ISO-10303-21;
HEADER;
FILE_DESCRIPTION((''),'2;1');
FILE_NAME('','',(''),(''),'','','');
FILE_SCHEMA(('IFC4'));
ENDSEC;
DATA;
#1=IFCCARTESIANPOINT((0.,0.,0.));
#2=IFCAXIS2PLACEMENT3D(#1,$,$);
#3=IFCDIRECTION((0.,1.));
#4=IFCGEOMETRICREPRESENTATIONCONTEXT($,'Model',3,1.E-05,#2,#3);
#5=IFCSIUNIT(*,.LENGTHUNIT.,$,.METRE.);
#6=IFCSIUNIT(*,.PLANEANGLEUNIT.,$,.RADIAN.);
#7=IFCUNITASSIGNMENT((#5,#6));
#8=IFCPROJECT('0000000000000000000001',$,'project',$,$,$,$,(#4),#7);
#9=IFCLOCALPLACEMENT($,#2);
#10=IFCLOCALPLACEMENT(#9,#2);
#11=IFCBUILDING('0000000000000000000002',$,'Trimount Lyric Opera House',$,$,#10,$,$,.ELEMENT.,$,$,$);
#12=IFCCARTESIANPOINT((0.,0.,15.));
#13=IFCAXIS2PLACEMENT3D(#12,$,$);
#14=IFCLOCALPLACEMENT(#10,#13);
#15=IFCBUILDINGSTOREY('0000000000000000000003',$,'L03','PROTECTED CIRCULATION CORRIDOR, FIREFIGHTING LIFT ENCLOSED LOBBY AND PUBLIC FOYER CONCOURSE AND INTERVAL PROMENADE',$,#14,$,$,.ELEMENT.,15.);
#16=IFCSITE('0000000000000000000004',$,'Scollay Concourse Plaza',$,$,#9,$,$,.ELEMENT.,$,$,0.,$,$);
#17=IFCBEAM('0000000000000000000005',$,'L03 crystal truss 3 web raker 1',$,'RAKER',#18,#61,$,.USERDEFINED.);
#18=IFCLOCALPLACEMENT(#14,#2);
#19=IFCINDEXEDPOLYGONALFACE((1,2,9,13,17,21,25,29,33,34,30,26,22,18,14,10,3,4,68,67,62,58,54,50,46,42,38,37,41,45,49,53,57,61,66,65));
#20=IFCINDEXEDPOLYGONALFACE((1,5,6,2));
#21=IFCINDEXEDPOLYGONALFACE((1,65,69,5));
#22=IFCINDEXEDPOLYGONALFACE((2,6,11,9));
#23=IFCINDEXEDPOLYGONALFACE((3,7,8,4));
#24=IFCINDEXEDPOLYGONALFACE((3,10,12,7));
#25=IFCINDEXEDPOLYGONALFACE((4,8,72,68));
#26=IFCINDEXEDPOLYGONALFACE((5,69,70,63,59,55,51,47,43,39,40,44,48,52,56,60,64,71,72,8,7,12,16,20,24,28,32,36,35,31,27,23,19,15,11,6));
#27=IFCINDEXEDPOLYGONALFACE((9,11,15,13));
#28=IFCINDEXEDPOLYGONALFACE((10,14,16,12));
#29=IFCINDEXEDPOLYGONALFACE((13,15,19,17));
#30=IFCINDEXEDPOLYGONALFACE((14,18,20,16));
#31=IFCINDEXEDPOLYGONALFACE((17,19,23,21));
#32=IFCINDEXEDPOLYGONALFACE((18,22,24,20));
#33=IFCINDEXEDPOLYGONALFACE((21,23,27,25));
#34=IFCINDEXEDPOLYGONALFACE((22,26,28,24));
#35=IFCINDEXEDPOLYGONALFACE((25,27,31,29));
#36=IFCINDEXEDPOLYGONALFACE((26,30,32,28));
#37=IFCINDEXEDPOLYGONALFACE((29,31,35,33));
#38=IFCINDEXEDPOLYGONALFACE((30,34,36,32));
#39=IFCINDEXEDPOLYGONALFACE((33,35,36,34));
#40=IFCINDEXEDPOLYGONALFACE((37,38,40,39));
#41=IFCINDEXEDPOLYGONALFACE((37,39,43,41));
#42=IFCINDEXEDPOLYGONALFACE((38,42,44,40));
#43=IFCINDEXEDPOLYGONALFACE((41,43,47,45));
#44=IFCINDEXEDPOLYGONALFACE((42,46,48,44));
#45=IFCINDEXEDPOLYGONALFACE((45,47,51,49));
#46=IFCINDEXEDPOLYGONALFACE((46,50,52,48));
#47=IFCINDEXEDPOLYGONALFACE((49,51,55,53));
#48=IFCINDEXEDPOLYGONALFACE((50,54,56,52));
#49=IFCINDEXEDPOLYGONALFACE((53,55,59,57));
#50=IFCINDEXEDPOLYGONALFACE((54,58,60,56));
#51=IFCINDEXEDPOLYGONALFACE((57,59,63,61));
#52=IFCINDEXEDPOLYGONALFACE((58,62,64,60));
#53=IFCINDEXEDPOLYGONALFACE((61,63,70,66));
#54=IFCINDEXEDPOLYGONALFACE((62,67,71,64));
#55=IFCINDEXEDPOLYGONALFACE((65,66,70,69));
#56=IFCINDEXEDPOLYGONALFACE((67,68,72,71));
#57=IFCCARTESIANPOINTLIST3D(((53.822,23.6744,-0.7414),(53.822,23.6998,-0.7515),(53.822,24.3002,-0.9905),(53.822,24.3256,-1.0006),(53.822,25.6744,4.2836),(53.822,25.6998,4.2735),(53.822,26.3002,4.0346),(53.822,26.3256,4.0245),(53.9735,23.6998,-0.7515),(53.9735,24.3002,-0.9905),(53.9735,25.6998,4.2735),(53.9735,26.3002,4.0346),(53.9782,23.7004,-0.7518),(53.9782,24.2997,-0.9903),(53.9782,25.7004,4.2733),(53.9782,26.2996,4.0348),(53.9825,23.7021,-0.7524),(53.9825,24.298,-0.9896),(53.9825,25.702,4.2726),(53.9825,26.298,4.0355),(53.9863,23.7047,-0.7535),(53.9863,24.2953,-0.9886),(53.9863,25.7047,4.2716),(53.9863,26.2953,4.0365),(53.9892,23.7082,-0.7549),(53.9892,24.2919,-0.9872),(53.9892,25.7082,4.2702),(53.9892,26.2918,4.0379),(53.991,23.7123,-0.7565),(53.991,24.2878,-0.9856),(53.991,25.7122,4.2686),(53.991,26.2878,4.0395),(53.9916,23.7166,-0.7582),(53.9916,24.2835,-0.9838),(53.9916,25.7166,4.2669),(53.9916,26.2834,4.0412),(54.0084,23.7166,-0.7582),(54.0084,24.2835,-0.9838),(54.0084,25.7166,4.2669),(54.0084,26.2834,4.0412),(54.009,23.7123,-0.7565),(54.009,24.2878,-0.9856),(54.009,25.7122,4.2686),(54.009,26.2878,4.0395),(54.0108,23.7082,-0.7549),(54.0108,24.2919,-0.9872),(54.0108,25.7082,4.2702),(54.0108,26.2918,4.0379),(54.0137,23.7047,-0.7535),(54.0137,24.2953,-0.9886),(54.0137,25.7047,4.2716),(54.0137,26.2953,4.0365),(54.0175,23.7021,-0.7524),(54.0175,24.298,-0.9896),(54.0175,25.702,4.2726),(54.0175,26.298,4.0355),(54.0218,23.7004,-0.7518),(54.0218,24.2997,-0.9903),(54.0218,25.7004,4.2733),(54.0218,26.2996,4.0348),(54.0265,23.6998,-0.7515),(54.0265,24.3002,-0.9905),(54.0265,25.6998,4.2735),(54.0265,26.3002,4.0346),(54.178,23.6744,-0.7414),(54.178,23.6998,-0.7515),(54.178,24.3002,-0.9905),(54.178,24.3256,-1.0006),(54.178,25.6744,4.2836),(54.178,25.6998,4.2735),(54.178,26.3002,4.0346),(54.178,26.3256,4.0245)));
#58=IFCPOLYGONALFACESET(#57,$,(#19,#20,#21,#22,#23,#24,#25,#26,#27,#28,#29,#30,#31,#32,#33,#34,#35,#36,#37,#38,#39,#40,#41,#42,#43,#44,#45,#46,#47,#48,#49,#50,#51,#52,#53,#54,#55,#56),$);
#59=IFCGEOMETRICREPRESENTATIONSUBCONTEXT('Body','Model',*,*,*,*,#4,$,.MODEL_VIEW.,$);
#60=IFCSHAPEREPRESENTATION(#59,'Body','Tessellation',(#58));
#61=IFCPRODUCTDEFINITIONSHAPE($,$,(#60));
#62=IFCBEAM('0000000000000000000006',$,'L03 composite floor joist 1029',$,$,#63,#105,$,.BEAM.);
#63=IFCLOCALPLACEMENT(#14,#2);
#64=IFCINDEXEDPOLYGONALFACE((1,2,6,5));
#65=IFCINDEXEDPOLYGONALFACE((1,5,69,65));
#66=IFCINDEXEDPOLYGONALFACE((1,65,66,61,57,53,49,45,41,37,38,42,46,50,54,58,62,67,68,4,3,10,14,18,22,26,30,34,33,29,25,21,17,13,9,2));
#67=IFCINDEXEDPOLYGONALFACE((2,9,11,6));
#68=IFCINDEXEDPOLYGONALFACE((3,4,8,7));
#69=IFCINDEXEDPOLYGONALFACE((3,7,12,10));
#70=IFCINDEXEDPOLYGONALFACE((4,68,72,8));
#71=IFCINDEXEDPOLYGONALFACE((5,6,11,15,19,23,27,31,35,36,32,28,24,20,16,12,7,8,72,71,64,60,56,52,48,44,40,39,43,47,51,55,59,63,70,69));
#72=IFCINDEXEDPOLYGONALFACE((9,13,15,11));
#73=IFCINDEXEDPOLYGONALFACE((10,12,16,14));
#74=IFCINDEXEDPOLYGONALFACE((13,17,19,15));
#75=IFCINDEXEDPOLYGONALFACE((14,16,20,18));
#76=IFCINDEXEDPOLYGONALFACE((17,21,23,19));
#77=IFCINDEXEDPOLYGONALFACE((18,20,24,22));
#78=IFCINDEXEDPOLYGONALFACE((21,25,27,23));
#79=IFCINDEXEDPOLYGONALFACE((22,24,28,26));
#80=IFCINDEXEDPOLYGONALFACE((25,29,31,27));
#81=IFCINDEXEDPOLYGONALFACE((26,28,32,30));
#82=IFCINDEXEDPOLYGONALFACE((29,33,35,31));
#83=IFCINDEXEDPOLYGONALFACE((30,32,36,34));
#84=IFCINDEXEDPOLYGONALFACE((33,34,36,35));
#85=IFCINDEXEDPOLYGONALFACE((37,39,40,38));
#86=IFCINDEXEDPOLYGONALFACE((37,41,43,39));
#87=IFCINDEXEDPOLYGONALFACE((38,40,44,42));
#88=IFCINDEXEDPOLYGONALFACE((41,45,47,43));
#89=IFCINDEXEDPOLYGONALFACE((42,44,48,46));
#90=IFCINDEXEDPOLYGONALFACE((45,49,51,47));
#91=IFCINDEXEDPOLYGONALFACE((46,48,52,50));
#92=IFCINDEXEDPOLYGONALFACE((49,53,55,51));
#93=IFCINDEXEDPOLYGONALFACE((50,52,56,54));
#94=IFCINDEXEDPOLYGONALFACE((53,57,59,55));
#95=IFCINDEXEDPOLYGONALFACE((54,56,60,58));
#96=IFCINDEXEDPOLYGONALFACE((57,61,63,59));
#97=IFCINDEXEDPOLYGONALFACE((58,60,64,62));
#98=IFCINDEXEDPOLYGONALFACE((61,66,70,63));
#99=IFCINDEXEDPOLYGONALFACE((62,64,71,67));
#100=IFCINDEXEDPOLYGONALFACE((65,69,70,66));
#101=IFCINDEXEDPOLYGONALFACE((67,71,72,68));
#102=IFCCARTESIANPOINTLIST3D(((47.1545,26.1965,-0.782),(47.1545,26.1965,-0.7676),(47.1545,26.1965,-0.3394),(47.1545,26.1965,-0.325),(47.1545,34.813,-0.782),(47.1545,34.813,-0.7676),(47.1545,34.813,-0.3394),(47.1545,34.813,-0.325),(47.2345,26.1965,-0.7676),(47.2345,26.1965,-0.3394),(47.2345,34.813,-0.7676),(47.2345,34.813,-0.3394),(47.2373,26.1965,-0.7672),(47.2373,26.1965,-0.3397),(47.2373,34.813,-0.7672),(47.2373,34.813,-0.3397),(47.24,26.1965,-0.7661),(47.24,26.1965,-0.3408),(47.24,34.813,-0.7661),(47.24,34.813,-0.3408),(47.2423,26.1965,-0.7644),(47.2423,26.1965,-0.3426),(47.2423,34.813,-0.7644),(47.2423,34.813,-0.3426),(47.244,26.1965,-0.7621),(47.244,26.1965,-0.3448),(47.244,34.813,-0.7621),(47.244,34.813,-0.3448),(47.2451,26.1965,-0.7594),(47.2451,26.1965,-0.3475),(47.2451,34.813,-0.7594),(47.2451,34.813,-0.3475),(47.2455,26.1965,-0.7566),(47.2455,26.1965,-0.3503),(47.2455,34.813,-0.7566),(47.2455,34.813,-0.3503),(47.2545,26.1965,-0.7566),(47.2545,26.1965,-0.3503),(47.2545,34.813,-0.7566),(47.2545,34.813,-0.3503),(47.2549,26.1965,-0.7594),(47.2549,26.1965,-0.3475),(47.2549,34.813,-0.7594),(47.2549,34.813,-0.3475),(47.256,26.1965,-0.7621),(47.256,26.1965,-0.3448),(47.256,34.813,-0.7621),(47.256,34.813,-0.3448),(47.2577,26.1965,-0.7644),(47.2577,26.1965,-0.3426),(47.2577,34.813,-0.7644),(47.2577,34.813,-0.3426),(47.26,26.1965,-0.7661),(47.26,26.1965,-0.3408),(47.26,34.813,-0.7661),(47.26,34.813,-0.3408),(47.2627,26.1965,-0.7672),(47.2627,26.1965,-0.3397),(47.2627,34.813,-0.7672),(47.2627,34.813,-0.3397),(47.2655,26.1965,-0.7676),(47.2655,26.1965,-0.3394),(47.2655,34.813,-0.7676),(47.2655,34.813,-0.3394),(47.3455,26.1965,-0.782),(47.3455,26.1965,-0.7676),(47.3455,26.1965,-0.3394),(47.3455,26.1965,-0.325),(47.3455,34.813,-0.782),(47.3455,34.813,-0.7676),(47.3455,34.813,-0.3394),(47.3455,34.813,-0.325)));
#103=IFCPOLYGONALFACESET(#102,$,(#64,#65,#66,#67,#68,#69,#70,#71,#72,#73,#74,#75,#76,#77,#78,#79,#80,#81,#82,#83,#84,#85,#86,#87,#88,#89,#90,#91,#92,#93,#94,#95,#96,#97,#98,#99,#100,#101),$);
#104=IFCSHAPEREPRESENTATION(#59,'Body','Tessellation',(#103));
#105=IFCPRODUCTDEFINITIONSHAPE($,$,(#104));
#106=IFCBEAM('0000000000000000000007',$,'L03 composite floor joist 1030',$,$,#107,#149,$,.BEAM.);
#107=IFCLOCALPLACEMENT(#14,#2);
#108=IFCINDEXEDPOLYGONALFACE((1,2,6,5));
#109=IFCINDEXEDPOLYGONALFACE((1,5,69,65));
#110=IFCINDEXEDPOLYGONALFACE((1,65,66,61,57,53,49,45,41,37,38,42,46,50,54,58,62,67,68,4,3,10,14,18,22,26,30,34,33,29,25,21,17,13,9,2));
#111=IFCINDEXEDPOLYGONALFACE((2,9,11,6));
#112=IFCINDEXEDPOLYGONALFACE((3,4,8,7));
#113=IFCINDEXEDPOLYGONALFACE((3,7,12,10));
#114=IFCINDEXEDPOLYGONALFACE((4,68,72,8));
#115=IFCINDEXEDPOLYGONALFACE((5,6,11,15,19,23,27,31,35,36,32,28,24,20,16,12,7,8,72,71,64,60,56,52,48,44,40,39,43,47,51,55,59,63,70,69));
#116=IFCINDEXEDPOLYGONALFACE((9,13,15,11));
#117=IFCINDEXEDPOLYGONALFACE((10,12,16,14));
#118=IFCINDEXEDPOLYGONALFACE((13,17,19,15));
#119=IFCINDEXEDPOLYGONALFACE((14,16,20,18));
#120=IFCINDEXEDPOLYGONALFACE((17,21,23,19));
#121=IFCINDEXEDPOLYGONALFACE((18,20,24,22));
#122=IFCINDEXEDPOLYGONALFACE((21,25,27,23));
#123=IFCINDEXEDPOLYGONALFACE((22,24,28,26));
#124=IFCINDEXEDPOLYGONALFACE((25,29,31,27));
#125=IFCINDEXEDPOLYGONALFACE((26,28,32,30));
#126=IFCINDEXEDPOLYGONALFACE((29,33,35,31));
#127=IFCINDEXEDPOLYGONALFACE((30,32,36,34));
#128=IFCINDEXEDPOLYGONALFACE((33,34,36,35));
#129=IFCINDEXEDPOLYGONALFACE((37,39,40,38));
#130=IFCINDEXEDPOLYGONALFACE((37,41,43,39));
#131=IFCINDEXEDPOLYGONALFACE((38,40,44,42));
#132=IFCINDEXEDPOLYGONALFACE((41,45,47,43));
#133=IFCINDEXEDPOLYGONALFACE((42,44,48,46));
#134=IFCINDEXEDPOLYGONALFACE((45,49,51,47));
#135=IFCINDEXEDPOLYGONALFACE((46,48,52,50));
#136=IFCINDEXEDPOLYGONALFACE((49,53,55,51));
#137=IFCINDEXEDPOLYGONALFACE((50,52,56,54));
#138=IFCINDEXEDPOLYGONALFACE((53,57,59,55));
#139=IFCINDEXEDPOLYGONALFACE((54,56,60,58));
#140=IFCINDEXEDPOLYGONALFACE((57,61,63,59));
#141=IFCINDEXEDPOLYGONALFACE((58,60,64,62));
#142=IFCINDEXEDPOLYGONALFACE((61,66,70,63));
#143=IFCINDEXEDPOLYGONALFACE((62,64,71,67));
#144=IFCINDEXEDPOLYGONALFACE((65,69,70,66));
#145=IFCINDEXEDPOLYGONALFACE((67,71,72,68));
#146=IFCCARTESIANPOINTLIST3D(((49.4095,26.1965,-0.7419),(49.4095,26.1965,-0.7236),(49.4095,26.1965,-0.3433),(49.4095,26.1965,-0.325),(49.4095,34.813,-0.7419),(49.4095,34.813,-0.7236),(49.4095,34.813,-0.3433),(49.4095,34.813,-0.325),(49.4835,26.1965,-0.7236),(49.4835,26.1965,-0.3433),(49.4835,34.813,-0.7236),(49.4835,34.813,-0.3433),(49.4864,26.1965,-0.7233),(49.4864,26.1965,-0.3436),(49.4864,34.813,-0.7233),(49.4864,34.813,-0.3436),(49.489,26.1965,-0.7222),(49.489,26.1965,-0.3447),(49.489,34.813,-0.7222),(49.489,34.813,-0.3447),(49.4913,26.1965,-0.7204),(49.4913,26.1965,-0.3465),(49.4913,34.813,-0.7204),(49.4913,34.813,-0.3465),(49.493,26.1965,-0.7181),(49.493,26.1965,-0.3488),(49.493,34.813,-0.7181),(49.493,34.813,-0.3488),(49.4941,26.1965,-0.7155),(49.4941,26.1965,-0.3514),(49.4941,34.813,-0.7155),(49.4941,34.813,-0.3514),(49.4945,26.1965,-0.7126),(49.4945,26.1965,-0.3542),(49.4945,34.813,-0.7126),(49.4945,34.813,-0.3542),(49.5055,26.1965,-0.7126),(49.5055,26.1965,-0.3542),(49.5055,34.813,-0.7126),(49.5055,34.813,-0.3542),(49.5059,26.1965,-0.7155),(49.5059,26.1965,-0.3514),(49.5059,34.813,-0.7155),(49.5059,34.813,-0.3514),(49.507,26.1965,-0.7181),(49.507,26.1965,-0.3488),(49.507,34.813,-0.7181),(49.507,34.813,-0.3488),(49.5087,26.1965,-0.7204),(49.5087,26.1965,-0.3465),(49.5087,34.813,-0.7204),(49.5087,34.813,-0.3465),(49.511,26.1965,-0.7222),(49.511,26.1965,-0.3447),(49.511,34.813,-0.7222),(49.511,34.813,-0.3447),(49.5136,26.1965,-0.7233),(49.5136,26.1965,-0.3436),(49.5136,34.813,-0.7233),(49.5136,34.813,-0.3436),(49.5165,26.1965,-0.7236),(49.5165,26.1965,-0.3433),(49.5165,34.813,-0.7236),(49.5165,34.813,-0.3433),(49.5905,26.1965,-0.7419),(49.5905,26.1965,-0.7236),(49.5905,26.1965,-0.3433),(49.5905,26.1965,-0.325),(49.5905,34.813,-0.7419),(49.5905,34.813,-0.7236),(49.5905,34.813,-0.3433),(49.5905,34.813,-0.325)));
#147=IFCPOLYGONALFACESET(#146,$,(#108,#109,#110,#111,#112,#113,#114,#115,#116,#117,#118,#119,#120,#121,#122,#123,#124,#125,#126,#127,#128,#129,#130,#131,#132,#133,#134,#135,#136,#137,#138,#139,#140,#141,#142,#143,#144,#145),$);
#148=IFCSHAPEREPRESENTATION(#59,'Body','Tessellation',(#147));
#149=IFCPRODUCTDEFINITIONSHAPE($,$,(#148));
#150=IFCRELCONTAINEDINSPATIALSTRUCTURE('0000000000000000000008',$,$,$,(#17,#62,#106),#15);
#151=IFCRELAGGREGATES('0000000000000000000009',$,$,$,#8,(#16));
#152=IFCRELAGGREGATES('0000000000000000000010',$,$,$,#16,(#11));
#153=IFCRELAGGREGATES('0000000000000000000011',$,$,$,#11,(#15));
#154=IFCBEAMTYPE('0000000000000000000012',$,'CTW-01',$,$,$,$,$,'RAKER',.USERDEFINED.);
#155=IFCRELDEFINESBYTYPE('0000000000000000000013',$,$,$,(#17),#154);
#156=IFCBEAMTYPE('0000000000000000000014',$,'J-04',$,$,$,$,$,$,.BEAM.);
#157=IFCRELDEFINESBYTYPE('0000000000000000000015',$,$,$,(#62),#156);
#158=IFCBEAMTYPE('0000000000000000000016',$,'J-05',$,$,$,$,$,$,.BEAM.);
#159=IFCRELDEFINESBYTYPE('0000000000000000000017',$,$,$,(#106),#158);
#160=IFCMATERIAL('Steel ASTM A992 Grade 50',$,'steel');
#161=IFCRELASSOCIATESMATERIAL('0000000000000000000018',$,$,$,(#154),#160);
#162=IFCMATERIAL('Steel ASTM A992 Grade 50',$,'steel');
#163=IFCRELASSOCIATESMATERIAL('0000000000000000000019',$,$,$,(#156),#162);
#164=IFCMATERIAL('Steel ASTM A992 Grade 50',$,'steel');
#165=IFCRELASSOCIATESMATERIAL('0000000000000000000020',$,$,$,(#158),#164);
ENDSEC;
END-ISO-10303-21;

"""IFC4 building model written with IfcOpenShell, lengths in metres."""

from ifc_helpers import new_model, si_unit, direction, frame, origin, origin_2d, place, context, subcontext, project, spatial, i_section, extrude, material, material_profile, profile_set, type_object, element, save


model = new_model("IFC4")

# Units and contexts
model_context = context("Model", 3, precision=1e-05, world=origin(), true_north=direction((0.0, 1.0)))
body_context = subcontext(model_context, "Body", "Model", "MODEL_VIEW")
ifc_project = project(units=[si_unit("LENGTHUNIT", "METRE"), si_unit("PLANEANGLEUNIT", "RADIAN")], contexts=[model_context])

# Site, building, storey
site_placement = place(None, origin())
site = spatial("IfcSite", under=ifc_project, at=site_placement, Name="Scollay Concourse Plaza", CompositionType="ELEMENT", RefElevation=0.0)
building_placement = place(site_placement, origin())
building = spatial("IfcBuilding", under=site, at=building_placement, Name="Trimount Lyric Opera House", CompositionType="ELEMENT")
storey_placement = place(building_placement, frame((0.0, 0.0, 15.0)))
storey = spatial("IfcBuildingStorey", under=building, at=storey_placement, Name="L03", Description="PROTECTED CIRCULATION CORRIDOR, FIREFIGHTING LIFT ENCLOSED LOBBY AND PUBLIC FOYER CONCOURSE AND INTERVAL PROMENADE", CompositionType="ELEMENT", Elevation=15.0)

# Beams
ifc_material_1 = material(Name="Steel ASTM A992 Grade 50", Category="steel")
ifc_material_profile_1 = material_profile(ifc_material_1, i_section(OverallWidth=0.356, OverallDepth=0.7009, WebThickness=0.0168, FlangeThickness=0.0273, FilletRadius=0.0181, at=origin_2d()), Name="W27X161")
ifc_profile_set_1 = profile_set([ifc_material_profile_1], Name="Steel ASTM A992 Grade 50")
beam_type_1 = type_object("IfcBeamType", Name="CTW-01", ElementType="RAKER", PredefinedType="USERDEFINED", material=ifc_profile_set_1)
beam_1_placement = place(storey_placement, frame((54.0, 26.0, 4.1541), z_axis=(0.0, -0.369787, -0.929117), x_axis=(1.0, 0.0, 0.0)))
element("IfcBeam", 1, at=beam_1_placement, inside=storey, type_object=beam_type_1, Name="L03 crystal truss 3 web raker 1", ObjectType="RAKER", PredefinedType="USERDEFINED", context=body_context, shape_type="SweptSolid", body=[
    extrude(i_section(OverallWidth=0.356, OverallDepth=0.7009, WebThickness=0.0168, FlangeThickness=0.0273, FilletRadius=0.0181, at=origin_2d()), origin(), (0.0, 0.0, 1.0), 5.4084),
])
ifc_material_2 = material(Name="Steel ASTM A992 Grade 50", Category="steel")
ifc_material_profile_2 = material_profile(ifc_material_2, i_section(OverallWidth=0.1909, OverallDepth=0.457, WebThickness=0.009, FlangeThickness=0.0144, FilletRadius=0.011, at=origin_2d()), Name="W18X50")
ifc_profile_set_2 = profile_set([ifc_material_profile_2], Name="Steel ASTM A992 Grade 50")
beam_type_2 = type_object("IfcBeamType", Name="J-04", PredefinedType="BEAM", material=ifc_profile_set_2)
beam_2_placement = place(storey_placement, frame((47.25, 26.1965, -0.5535), z_axis=(0.0, 1.0, 0.0), x_axis=(-1.0, 0.0, 0.0)))
element("IfcBeam", 2, at=beam_2_placement, inside=storey, type_object=beam_type_2, Name="L03 composite floor joist 1029", PredefinedType="BEAM", context=body_context, shape_type="SweptSolid", body=[
    extrude(i_section(OverallWidth=0.1909, OverallDepth=0.457, WebThickness=0.009, FlangeThickness=0.0144, FilletRadius=0.011, at=origin_2d()), origin(), (0.0, 0.0, 1.0), 8.6165),
])
ifc_material_3 = material(Name="Steel ASTM A992 Grade 50", Category="steel")
ifc_material_profile_3 = material_profile(ifc_material_3, i_section(OverallWidth=0.1809, OverallDepth=0.417, WebThickness=0.011, FlangeThickness=0.0183, FilletRadius=0.011, at=origin_2d()), Name="W16X57")
ifc_profile_set_3 = profile_set([ifc_material_profile_3], Name="Steel ASTM A992 Grade 50")
beam_type_3 = type_object("IfcBeamType", Name="J-05", PredefinedType="BEAM", material=ifc_profile_set_3)
beam_3_placement = place(storey_placement, frame((49.5, 26.1965, -0.5334), z_axis=(0.0, 1.0, 0.0), x_axis=(-1.0, 0.0, 0.0)))
element("IfcBeam", 3, at=beam_3_placement, inside=storey, type_object=beam_type_3, Name="L03 composite floor joist 1030", PredefinedType="BEAM", context=body_context, shape_type="SweptSolid", body=[
    extrude(i_section(OverallWidth=0.1809, OverallDepth=0.417, WebThickness=0.011, FlangeThickness=0.0183, FilletRadius=0.011, at=origin_2d()), origin(), (0.0, 0.0, 1.0), 8.6165),
])

save(model, "model.ifc")
